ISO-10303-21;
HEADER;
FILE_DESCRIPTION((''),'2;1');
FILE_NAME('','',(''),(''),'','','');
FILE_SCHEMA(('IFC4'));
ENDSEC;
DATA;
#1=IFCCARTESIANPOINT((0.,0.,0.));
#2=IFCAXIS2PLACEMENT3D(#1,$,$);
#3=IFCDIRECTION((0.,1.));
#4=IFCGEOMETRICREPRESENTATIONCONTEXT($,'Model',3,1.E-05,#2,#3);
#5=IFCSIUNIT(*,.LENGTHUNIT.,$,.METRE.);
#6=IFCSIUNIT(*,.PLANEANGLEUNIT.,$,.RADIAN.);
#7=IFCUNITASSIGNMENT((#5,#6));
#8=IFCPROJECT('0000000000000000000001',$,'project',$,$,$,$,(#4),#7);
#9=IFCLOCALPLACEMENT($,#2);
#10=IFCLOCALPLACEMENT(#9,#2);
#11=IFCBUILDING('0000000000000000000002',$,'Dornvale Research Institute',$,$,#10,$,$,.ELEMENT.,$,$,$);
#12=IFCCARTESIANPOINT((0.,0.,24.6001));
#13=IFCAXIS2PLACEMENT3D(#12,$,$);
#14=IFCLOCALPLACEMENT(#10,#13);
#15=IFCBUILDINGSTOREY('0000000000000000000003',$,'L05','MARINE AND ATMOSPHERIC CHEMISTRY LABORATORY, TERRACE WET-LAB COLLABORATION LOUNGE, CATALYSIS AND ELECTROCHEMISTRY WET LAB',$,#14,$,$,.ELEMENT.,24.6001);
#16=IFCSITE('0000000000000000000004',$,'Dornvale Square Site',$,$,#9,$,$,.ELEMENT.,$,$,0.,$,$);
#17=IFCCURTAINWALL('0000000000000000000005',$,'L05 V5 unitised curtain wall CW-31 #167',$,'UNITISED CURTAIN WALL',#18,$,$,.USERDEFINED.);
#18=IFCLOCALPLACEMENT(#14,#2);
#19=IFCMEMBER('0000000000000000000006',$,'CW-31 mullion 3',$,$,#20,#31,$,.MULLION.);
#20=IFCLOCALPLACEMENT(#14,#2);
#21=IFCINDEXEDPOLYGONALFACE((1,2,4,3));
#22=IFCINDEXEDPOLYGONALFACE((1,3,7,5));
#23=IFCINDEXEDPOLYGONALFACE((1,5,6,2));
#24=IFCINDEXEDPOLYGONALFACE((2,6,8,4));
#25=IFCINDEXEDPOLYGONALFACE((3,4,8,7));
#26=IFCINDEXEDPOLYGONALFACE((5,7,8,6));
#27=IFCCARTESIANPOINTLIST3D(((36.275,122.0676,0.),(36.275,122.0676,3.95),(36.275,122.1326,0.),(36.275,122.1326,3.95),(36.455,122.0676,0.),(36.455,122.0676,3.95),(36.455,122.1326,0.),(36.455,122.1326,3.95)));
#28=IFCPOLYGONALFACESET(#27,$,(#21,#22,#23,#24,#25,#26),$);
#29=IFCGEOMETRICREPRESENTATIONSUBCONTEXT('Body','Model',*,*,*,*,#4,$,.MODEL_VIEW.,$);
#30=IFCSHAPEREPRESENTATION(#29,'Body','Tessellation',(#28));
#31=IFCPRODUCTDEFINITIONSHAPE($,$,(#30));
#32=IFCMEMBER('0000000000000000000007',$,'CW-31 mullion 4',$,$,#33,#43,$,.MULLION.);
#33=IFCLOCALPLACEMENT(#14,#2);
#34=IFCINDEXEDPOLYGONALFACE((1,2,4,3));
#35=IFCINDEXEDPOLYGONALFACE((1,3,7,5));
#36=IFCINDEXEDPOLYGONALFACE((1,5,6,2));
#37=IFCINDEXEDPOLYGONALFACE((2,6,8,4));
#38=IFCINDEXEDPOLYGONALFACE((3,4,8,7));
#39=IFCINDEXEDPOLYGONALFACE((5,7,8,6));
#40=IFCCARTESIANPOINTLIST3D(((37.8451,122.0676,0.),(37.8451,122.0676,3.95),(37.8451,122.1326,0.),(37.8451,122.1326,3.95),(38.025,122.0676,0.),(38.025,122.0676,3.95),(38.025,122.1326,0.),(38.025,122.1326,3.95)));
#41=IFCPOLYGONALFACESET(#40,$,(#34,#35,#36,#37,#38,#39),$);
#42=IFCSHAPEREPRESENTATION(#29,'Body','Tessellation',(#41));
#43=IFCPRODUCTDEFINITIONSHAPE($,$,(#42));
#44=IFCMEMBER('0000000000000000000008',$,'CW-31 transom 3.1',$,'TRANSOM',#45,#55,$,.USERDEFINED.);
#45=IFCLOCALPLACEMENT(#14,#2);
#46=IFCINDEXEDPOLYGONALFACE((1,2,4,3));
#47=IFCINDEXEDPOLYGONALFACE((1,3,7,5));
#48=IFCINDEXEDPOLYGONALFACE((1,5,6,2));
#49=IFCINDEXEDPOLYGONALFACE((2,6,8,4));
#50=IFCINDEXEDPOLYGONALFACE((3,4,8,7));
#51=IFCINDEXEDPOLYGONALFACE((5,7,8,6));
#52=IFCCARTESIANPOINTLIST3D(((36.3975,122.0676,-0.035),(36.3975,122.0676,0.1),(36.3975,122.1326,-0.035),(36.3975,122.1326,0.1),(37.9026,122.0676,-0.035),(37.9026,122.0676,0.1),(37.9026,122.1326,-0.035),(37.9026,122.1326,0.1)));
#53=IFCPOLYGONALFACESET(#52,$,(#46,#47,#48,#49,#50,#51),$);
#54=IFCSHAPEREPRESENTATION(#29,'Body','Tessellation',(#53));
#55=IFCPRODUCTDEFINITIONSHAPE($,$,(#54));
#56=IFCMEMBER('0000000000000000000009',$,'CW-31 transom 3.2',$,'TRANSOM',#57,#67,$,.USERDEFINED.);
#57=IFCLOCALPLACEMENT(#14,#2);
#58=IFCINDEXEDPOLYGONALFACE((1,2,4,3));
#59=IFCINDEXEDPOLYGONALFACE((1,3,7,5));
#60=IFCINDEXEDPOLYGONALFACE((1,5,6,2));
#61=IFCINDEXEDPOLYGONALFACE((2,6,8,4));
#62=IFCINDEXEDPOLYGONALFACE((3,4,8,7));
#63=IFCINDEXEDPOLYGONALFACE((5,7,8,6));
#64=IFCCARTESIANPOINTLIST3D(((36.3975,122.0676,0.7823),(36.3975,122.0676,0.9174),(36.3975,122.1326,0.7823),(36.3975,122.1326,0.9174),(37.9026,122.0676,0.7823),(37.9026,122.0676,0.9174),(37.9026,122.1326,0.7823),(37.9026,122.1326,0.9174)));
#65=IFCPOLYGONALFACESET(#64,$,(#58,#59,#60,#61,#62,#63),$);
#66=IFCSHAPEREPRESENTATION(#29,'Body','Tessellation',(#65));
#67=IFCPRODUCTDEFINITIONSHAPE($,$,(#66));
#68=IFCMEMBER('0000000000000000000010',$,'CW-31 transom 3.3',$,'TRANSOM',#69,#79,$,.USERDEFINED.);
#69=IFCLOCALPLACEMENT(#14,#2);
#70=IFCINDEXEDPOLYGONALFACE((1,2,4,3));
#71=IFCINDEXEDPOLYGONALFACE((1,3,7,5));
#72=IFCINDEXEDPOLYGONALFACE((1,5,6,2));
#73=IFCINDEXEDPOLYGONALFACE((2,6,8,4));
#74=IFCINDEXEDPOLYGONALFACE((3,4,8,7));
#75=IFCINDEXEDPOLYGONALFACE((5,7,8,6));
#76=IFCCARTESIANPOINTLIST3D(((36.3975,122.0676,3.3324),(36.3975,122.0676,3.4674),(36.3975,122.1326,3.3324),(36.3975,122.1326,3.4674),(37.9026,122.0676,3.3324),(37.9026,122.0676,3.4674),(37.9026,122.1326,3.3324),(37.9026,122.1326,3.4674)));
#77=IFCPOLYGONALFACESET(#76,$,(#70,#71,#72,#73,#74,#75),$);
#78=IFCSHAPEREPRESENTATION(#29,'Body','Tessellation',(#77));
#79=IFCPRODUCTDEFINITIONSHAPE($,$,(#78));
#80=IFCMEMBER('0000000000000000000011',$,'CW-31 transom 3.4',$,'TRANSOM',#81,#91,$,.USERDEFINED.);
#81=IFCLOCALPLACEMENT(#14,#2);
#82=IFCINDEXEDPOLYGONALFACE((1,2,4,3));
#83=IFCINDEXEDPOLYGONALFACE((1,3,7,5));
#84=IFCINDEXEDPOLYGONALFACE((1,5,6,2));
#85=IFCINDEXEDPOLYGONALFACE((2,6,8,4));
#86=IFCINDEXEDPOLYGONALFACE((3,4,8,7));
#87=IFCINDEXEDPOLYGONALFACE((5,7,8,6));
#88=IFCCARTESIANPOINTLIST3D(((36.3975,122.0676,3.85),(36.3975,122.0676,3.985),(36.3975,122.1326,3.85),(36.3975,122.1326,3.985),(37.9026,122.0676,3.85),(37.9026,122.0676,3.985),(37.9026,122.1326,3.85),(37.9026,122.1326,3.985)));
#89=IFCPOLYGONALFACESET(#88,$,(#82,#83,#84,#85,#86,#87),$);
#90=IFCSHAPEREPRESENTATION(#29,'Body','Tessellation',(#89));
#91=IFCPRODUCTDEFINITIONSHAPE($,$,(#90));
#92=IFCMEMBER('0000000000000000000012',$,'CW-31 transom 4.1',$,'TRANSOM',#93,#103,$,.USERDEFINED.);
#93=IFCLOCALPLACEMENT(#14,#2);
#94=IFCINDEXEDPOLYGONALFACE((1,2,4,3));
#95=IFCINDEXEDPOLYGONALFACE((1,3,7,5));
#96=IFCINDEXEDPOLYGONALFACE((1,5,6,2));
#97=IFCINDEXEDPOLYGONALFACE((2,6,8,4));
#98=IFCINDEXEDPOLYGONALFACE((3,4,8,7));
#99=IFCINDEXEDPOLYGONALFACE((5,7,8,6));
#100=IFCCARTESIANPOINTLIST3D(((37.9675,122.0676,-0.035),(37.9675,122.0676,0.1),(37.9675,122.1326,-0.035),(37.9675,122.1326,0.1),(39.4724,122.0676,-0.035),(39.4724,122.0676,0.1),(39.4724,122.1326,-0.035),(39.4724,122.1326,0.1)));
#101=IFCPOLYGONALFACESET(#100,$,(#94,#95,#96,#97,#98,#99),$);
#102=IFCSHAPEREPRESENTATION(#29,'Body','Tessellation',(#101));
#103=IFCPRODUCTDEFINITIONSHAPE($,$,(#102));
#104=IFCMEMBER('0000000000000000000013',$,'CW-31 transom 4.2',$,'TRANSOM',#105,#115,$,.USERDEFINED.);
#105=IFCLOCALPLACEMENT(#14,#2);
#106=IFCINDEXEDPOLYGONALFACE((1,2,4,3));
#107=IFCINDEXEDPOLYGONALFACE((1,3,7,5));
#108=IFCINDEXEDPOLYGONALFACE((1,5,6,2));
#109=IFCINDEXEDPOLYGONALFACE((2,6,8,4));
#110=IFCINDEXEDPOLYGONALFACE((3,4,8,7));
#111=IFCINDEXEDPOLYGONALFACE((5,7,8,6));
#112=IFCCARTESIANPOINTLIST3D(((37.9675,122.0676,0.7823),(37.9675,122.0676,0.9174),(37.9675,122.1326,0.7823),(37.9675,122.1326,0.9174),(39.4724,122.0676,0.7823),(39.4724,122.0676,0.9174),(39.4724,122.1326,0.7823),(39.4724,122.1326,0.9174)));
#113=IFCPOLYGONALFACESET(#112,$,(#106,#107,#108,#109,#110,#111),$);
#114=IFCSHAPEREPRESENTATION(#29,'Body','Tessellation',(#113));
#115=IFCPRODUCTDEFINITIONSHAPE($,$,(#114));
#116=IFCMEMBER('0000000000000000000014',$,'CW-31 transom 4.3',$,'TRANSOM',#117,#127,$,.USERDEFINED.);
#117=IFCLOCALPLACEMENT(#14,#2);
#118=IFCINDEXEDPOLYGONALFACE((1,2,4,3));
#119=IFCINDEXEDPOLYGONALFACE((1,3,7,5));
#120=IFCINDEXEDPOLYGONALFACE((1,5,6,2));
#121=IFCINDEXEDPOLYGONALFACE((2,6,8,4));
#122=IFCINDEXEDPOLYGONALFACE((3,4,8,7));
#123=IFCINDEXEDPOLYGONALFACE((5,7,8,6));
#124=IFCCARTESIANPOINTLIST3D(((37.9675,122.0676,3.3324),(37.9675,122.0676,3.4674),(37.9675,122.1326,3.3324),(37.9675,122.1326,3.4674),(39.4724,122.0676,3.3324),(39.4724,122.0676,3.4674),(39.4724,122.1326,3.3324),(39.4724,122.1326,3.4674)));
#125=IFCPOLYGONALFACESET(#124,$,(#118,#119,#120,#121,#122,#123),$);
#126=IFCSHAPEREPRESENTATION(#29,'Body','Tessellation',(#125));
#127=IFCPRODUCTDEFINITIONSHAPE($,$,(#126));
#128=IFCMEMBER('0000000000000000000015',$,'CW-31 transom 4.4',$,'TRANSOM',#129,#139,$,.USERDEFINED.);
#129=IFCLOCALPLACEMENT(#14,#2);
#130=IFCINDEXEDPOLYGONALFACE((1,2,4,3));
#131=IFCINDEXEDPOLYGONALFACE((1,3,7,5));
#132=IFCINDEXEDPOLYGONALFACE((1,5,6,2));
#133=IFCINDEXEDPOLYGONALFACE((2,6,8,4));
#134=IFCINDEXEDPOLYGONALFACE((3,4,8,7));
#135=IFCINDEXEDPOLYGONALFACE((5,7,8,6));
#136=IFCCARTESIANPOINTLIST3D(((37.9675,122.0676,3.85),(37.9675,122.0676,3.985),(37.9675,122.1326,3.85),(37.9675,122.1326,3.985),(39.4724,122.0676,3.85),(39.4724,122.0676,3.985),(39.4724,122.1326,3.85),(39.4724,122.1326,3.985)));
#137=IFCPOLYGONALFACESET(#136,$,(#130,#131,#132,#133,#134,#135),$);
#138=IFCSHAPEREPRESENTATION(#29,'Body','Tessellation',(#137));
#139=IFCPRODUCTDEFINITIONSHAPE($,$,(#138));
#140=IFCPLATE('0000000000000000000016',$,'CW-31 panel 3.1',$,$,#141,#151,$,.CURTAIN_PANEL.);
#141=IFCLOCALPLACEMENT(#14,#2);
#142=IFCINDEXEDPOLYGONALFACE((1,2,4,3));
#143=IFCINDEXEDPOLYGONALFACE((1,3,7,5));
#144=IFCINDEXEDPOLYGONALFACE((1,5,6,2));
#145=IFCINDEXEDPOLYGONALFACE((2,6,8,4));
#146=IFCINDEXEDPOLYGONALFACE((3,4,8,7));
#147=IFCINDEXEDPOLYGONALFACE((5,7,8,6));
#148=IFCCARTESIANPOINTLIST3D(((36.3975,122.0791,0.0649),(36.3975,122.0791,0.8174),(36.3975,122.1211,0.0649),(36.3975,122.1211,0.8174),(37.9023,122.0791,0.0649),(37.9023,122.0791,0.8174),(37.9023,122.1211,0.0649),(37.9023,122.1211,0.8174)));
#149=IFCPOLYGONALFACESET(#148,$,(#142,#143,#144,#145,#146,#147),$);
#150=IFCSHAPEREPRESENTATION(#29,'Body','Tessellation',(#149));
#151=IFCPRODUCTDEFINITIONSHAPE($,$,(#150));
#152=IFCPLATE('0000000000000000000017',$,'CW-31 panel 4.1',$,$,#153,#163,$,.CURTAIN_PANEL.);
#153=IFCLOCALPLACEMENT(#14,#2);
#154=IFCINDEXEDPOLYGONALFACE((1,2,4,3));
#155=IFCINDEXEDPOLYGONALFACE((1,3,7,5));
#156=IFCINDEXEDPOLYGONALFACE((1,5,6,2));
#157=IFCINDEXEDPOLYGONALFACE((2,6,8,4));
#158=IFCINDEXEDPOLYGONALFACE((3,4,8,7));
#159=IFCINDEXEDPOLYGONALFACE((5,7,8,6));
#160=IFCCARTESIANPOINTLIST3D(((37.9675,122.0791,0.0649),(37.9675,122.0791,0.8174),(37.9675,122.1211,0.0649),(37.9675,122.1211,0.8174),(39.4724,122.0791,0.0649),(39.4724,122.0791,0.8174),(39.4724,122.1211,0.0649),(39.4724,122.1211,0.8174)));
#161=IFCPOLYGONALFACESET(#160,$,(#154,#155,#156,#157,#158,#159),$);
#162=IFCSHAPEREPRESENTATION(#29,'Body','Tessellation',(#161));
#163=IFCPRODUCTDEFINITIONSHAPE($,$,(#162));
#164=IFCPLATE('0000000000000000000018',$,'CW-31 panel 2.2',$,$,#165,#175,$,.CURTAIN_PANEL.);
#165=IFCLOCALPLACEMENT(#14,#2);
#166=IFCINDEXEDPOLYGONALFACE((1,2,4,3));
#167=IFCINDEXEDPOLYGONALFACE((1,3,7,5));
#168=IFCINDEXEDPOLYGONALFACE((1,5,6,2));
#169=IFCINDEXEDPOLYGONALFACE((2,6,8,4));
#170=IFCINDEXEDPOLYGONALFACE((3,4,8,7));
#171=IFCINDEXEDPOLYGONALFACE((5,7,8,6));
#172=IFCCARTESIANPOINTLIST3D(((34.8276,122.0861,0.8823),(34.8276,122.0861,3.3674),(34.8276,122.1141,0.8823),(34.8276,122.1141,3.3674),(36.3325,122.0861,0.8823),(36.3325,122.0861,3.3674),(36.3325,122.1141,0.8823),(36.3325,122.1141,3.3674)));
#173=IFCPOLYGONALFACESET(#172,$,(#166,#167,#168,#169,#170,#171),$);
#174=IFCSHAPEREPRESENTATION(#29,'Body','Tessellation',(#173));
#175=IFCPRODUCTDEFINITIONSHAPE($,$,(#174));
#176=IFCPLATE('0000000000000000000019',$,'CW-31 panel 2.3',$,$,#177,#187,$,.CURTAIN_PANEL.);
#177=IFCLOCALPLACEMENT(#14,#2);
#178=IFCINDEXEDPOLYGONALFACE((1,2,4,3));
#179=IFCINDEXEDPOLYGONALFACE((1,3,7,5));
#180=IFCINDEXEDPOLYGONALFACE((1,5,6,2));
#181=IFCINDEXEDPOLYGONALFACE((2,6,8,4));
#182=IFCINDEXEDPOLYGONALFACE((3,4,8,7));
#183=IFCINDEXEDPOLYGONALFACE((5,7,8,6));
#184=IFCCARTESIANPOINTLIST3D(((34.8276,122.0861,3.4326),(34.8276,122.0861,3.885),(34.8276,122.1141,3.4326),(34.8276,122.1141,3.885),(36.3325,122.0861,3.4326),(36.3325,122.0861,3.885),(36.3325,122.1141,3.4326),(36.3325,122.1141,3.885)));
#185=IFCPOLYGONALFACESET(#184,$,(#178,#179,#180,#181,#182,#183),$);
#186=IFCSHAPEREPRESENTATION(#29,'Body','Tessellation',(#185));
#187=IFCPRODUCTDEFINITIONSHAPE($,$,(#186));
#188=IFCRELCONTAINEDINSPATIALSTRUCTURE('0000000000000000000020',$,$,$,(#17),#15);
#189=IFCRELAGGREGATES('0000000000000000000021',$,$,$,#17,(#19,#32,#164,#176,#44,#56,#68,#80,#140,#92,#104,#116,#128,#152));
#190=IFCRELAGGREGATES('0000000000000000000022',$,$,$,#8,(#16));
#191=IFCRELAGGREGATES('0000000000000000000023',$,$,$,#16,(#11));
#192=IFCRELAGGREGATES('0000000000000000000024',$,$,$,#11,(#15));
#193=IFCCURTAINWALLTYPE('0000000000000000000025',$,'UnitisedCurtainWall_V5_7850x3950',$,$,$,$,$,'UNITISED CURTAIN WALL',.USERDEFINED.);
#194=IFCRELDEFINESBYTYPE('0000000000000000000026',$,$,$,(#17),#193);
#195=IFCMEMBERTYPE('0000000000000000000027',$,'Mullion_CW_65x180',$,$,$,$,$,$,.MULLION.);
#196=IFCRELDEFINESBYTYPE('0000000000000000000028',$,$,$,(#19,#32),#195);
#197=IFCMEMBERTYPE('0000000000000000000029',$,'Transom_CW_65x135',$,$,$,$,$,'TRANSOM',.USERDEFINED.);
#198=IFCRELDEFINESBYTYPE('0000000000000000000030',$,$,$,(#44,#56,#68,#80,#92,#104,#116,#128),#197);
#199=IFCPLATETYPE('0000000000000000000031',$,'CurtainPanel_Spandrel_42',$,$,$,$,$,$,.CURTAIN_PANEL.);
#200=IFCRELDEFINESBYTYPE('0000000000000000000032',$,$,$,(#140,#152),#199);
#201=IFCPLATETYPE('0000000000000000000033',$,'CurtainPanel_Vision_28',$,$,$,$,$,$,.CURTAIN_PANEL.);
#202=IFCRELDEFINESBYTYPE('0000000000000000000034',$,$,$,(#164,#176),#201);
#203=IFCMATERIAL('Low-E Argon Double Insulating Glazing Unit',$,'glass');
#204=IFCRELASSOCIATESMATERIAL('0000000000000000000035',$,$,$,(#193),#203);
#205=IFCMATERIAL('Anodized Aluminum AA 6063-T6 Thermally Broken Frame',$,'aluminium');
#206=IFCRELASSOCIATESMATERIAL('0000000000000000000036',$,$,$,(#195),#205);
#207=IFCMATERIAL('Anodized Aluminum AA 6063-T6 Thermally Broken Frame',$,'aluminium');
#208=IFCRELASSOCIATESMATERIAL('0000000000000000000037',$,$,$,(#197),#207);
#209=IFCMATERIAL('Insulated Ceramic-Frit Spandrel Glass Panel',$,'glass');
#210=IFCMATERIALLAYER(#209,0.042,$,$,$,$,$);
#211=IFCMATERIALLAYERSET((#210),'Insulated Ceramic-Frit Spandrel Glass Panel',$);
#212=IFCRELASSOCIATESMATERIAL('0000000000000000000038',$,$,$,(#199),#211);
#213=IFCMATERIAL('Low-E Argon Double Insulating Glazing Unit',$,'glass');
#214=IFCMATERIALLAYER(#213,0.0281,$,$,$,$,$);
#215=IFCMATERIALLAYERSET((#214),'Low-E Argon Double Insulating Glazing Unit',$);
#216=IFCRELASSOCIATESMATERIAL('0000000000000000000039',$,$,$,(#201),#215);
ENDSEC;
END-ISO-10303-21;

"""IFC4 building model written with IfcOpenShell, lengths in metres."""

from ifc_helpers import new_model, si_unit, direction, frame, origin, origin_2d, place, context, subcontext, project, spatial, rectangle, extrude, material, layer, layer_set, material_profile, profile_set, type_object, element, aggregate, save


model = new_model("IFC4")

# Units and contexts
model_context = context("Model", 3, precision=1e-05, world=origin(), true_north=direction((0.0, 1.0)))
body_context = subcontext(model_context, "Body", "Model", "MODEL_VIEW")
ifc_project = project(units=[si_unit("LENGTHUNIT", "METRE"), si_unit("PLANEANGLEUNIT", "RADIAN")], contexts=[model_context])

# Site, building, storey
site_placement = place(None, origin())
site = spatial("IfcSite", under=ifc_project, at=site_placement, Name="Dornvale Square Site", CompositionType="ELEMENT", RefElevation=0.0)
building_placement = place(site_placement, origin())
building = spatial("IfcBuilding", under=site, at=building_placement, Name="Dornvale Research Institute", CompositionType="ELEMENT")
storey_placement = place(building_placement, frame((0.0, 0.0, 24.6001)))
storey = spatial("IfcBuildingStorey", under=building, at=storey_placement, Name="L05", Description="MARINE AND ATMOSPHERIC CHEMISTRY LABORATORY, TERRACE WET-LAB COLLABORATION LOUNGE, CATALYSIS AND ELECTROCHEMISTRY WET LAB", CompositionType="ELEMENT", Elevation=24.6001)

# Curtain wall, members, plates
ifc_material_1 = material(Name="Low-E Argon Double Insulating Glazing Unit", Category="glass")
curtain_wall_type = type_object("IfcCurtainWallType", Name="UnitisedCurtainWall_V5_7850x3950", ElementType="UNITISED CURTAIN WALL", PredefinedType="USERDEFINED", material=ifc_material_1)
curtain_wall_placement = place(storey_placement, origin())
curtain_wall = element("IfcCurtainWall", 1, at=curtain_wall_placement, inside=storey, type_object=curtain_wall_type, Name="L05 V5 unitised curtain wall CW-31 #167", ObjectType="UNITISED CURTAIN WALL", PredefinedType="USERDEFINED")
ifc_material_2 = material(Name="Anodized Aluminum AA 6063-T6 Thermally Broken Frame", Category="aluminium")
ifc_material_profile_1 = material_profile(ifc_material_2, rectangle(XDim=0.0649, YDim=0.1799, at=origin_2d()), Name="ALU MULLION 65x180")
ifc_profile_set_1 = profile_set([ifc_material_profile_1], Name="Anodized Aluminum AA 6063-T6 Thermally Broken Frame")
member_type_1 = type_object("IfcMemberType", Name="Mullion_CW_65x180", PredefinedType="MULLION", material=ifc_profile_set_1)
member_1_placement = place(storey_placement, frame((36.365, 122.1001, 0.0), z_axis=(0.0, 0.0, 1.0), x_axis=(0.0, 1.0, 0.0)))
member_1 = element("IfcMember", 2, at=member_1_placement, type_object=member_type_1, Name="CW-31 mullion 3", PredefinedType="MULLION", context=body_context, shape_type="SweptSolid", body=[
    extrude(rectangle(XDim=0.0649, YDim=0.1799, at=origin_2d()), origin(), (0.0, 0.0, 1.0), 3.95),
])
member_2_placement = place(storey_placement, frame((37.9351, 122.1001, 0.0), z_axis=(0.0, 0.0, 1.0), x_axis=(0.0, 1.0, 0.0)))
member_2 = element("IfcMember", 3, at=member_2_placement, type_object=member_type_1, Name="CW-31 mullion 4", PredefinedType="MULLION", context=body_context, shape_type="SweptSolid", body=[
    extrude(rectangle(XDim=0.0649, YDim=0.1799, at=origin_2d()), origin(), (0.0, 0.0, 1.0), 3.95),
])
ifc_material_3 = material(Name="Anodized Aluminum AA 6063-T6 Thermally Broken Frame", Category="aluminium")
ifc_material_profile_2 = material_profile(ifc_material_3, rectangle(XDim=0.0649, YDim=0.135, at=origin_2d()), Name="ALU TRANSOM 65x135")
ifc_profile_set_2 = profile_set([ifc_material_profile_2], Name="Anodized Aluminum AA 6063-T6 Thermally Broken Frame")
member_type_2 = type_object("IfcMemberType", Name="Transom_CW_65x135", ElementType="TRANSOM", PredefinedType="USERDEFINED", material=ifc_profile_set_2)
member_3_placement = place(storey_placement, frame((36.3975, 122.1001, 0.0325), z_axis=(1.0, 0.0, 0.0), x_axis=(0.0, 1.0, 0.0)))
member_3 = element("IfcMember", 4, at=member_3_placement, type_object=member_type_2, Name="CW-31 transom 3.1", ObjectType="TRANSOM", PredefinedType="USERDEFINED", context=body_context, shape_type="SweptSolid", body=[
    extrude(rectangle(XDim=0.0649, YDim=0.135, at=origin_2d()), origin(), (0.0, 0.0, 1.0), 1.5051),
])
member_4_placement = place(storey_placement, frame((36.3975, 122.1001, 0.8499), z_axis=(1.0, 0.0, 0.0), x_axis=(0.0, 1.0, 0.0)))
member_4 = element("IfcMember", 5, at=member_4_placement, type_object=member_type_2, Name="CW-31 transom 3.2", ObjectType="TRANSOM", PredefinedType="USERDEFINED", context=body_context, shape_type="SweptSolid", body=[
    extrude(rectangle(XDim=0.0649, YDim=0.135, at=origin_2d()), origin(), (0.0, 0.0, 1.0), 1.5051),
])
member_5_placement = place(storey_placement, frame((36.3975, 122.1001, 3.3999), z_axis=(1.0, 0.0, 0.0), x_axis=(0.0, 1.0, 0.0)))
member_5 = element("IfcMember", 6, at=member_5_placement, type_object=member_type_2, Name="CW-31 transom 3.3", ObjectType="TRANSOM", PredefinedType="USERDEFINED", context=body_context, shape_type="SweptSolid", body=[
    extrude(rectangle(XDim=0.0649, YDim=0.135, at=origin_2d()), origin(), (0.0, 0.0, 1.0), 1.5051),
])
member_6_placement = place(storey_placement, frame((36.3975, 122.1001, 3.9175), z_axis=(1.0, 0.0, 0.0), x_axis=(0.0, 1.0, 0.0)))
member_6 = element("IfcMember", 7, at=member_6_placement, type_object=member_type_2, Name="CW-31 transom 3.4", ObjectType="TRANSOM", PredefinedType="USERDEFINED", context=body_context, shape_type="SweptSolid", body=[
    extrude(rectangle(XDim=0.0649, YDim=0.135, at=origin_2d()), origin(), (0.0, 0.0, 1.0), 1.5051),
])
member_7_placement = place(storey_placement, frame((37.9675, 122.1001, 0.0325), z_axis=(1.0, 0.0, 0.0), x_axis=(0.0, 1.0, 0.0)))
member_7 = element("IfcMember", 8, at=member_7_placement, type_object=member_type_2, Name="CW-31 transom 4.1", ObjectType="TRANSOM", PredefinedType="USERDEFINED", context=body_context, shape_type="SweptSolid", body=[
    extrude(rectangle(XDim=0.0649, YDim=0.135, at=origin_2d()), origin(), (0.0, 0.0, 1.0), 1.5049),
])
member_8_placement = place(storey_placement, frame((37.9675, 122.1001, 0.8499), z_axis=(1.0, 0.0, 0.0), x_axis=(0.0, 1.0, 0.0)))
member_8 = element("IfcMember", 9, at=member_8_placement, type_object=member_type_2, Name="CW-31 transom 4.2", ObjectType="TRANSOM", PredefinedType="USERDEFINED", context=body_context, shape_type="SweptSolid", body=[
    extrude(rectangle(XDim=0.0649, YDim=0.135, at=origin_2d()), origin(), (0.0, 0.0, 1.0), 1.5049),
])
member_9_placement = place(storey_placement, frame((37.9675, 122.1001, 3.3999), z_axis=(1.0, 0.0, 0.0), x_axis=(0.0, 1.0, 0.0)))
member_9 = element("IfcMember", 10, at=member_9_placement, type_object=member_type_2, Name="CW-31 transom 4.3", ObjectType="TRANSOM", PredefinedType="USERDEFINED", context=body_context, shape_type="SweptSolid", body=[
    extrude(rectangle(XDim=0.0649, YDim=0.135, at=origin_2d()), origin(), (0.0, 0.0, 1.0), 1.5049),
])
member_10_placement = place(storey_placement, frame((37.9675, 122.1001, 3.9175), z_axis=(1.0, 0.0, 0.0), x_axis=(0.0, 1.0, 0.0)))
member_10 = element("IfcMember", 11, at=member_10_placement, type_object=member_type_2, Name="CW-31 transom 4.4", ObjectType="TRANSOM", PredefinedType="USERDEFINED", context=body_context, shape_type="SweptSolid", body=[
    extrude(rectangle(XDim=0.0649, YDim=0.135, at=origin_2d()), origin(), (0.0, 0.0, 1.0), 1.5049),
])
ifc_material_4 = material(Name="Insulated Ceramic-Frit Spandrel Glass Panel", Category="glass")
ifc_layer_1 = layer(ifc_material_4, 0.042)
ifc_layer_set_1 = layer_set([ifc_layer_1], Name="Insulated Ceramic-Frit Spandrel Glass Panel")
plate_type_1 = type_object("IfcPlateType", Name="CurtainPanel_Spandrel_42", PredefinedType="CURTAIN_PANEL", material=ifc_layer_set_1)
plate_1_placement = place(storey_placement, frame((37.1499, 122.1001, 0.0649), z_axis=(0.0, 0.0, 1.0), x_axis=(1.0, 0.0, 0.0)))
plate_1 = element("IfcPlate", 12, at=plate_1_placement, type_object=plate_type_1, Name="CW-31 panel 3.1", PredefinedType="CURTAIN_PANEL", context=body_context, shape_type="SweptSolid", body=[
    extrude(rectangle(XDim=1.5049, YDim=0.042, at=origin_2d()), origin(), (0.0, 0.0, 1.0), 0.7524),
])
plate_2_placement = place(storey_placement, frame((38.72, 122.1001, 0.0649), z_axis=(0.0, 0.0, 1.0), x_axis=(1.0, 0.0, 0.0)))
plate_2 = element("IfcPlate", 13, at=plate_2_placement, type_object=plate_type_1, Name="CW-31 panel 4.1", PredefinedType="CURTAIN_PANEL", context=body_context, shape_type="SweptSolid", body=[
    extrude(rectangle(XDim=1.5049, YDim=0.042, at=origin_2d()), origin(), (0.0, 0.0, 1.0), 0.7524),
])
ifc_material_5 = material(Name="Low-E Argon Double Insulating Glazing Unit", Category="glass")
ifc_layer_2 = layer(ifc_material_5, 0.0281)
ifc_layer_set_2 = layer_set([ifc_layer_2], Name="Low-E Argon Double Insulating Glazing Unit")
plate_type_2 = type_object("IfcPlateType", Name="CurtainPanel_Vision_28", PredefinedType="CURTAIN_PANEL", material=ifc_layer_set_2)
plate_3_placement = place(storey_placement, frame((35.5801, 122.1001, 0.8823), z_axis=(0.0, 0.0, 1.0), x_axis=(1.0, 0.0, 0.0)))
plate_3 = element("IfcPlate", 14, at=plate_3_placement, type_object=plate_type_2, Name="CW-31 panel 2.2", PredefinedType="CURTAIN_PANEL", context=body_context, shape_type="SweptSolid", body=[
    extrude(rectangle(XDim=1.5049, YDim=0.0281, at=origin_2d()), origin(), (0.0, 0.0, 1.0), 2.4851),
])
plate_4_placement = place(storey_placement, frame((35.5801, 122.1001, 3.4326), z_axis=(0.0, 0.0, 1.0), x_axis=(1.0, 0.0, 0.0)))
plate_4 = element("IfcPlate", 15, at=plate_4_placement, type_object=plate_type_2, Name="CW-31 panel 2.3", PredefinedType="CURTAIN_PANEL", context=body_context, shape_type="SweptSolid", body=[
    extrude(rectangle(XDim=1.5049, YDim=0.0281, at=origin_2d()), origin(), (0.0, 0.0, 1.0), 0.4524),
])
aggregate(curtain_wall, [member_1, member_2, plate_3, plate_4, member_3, member_4, member_5, member_6, plate_1, member_7, member_8, member_9, member_10, plate_2])

save(model, "model.ifc")
